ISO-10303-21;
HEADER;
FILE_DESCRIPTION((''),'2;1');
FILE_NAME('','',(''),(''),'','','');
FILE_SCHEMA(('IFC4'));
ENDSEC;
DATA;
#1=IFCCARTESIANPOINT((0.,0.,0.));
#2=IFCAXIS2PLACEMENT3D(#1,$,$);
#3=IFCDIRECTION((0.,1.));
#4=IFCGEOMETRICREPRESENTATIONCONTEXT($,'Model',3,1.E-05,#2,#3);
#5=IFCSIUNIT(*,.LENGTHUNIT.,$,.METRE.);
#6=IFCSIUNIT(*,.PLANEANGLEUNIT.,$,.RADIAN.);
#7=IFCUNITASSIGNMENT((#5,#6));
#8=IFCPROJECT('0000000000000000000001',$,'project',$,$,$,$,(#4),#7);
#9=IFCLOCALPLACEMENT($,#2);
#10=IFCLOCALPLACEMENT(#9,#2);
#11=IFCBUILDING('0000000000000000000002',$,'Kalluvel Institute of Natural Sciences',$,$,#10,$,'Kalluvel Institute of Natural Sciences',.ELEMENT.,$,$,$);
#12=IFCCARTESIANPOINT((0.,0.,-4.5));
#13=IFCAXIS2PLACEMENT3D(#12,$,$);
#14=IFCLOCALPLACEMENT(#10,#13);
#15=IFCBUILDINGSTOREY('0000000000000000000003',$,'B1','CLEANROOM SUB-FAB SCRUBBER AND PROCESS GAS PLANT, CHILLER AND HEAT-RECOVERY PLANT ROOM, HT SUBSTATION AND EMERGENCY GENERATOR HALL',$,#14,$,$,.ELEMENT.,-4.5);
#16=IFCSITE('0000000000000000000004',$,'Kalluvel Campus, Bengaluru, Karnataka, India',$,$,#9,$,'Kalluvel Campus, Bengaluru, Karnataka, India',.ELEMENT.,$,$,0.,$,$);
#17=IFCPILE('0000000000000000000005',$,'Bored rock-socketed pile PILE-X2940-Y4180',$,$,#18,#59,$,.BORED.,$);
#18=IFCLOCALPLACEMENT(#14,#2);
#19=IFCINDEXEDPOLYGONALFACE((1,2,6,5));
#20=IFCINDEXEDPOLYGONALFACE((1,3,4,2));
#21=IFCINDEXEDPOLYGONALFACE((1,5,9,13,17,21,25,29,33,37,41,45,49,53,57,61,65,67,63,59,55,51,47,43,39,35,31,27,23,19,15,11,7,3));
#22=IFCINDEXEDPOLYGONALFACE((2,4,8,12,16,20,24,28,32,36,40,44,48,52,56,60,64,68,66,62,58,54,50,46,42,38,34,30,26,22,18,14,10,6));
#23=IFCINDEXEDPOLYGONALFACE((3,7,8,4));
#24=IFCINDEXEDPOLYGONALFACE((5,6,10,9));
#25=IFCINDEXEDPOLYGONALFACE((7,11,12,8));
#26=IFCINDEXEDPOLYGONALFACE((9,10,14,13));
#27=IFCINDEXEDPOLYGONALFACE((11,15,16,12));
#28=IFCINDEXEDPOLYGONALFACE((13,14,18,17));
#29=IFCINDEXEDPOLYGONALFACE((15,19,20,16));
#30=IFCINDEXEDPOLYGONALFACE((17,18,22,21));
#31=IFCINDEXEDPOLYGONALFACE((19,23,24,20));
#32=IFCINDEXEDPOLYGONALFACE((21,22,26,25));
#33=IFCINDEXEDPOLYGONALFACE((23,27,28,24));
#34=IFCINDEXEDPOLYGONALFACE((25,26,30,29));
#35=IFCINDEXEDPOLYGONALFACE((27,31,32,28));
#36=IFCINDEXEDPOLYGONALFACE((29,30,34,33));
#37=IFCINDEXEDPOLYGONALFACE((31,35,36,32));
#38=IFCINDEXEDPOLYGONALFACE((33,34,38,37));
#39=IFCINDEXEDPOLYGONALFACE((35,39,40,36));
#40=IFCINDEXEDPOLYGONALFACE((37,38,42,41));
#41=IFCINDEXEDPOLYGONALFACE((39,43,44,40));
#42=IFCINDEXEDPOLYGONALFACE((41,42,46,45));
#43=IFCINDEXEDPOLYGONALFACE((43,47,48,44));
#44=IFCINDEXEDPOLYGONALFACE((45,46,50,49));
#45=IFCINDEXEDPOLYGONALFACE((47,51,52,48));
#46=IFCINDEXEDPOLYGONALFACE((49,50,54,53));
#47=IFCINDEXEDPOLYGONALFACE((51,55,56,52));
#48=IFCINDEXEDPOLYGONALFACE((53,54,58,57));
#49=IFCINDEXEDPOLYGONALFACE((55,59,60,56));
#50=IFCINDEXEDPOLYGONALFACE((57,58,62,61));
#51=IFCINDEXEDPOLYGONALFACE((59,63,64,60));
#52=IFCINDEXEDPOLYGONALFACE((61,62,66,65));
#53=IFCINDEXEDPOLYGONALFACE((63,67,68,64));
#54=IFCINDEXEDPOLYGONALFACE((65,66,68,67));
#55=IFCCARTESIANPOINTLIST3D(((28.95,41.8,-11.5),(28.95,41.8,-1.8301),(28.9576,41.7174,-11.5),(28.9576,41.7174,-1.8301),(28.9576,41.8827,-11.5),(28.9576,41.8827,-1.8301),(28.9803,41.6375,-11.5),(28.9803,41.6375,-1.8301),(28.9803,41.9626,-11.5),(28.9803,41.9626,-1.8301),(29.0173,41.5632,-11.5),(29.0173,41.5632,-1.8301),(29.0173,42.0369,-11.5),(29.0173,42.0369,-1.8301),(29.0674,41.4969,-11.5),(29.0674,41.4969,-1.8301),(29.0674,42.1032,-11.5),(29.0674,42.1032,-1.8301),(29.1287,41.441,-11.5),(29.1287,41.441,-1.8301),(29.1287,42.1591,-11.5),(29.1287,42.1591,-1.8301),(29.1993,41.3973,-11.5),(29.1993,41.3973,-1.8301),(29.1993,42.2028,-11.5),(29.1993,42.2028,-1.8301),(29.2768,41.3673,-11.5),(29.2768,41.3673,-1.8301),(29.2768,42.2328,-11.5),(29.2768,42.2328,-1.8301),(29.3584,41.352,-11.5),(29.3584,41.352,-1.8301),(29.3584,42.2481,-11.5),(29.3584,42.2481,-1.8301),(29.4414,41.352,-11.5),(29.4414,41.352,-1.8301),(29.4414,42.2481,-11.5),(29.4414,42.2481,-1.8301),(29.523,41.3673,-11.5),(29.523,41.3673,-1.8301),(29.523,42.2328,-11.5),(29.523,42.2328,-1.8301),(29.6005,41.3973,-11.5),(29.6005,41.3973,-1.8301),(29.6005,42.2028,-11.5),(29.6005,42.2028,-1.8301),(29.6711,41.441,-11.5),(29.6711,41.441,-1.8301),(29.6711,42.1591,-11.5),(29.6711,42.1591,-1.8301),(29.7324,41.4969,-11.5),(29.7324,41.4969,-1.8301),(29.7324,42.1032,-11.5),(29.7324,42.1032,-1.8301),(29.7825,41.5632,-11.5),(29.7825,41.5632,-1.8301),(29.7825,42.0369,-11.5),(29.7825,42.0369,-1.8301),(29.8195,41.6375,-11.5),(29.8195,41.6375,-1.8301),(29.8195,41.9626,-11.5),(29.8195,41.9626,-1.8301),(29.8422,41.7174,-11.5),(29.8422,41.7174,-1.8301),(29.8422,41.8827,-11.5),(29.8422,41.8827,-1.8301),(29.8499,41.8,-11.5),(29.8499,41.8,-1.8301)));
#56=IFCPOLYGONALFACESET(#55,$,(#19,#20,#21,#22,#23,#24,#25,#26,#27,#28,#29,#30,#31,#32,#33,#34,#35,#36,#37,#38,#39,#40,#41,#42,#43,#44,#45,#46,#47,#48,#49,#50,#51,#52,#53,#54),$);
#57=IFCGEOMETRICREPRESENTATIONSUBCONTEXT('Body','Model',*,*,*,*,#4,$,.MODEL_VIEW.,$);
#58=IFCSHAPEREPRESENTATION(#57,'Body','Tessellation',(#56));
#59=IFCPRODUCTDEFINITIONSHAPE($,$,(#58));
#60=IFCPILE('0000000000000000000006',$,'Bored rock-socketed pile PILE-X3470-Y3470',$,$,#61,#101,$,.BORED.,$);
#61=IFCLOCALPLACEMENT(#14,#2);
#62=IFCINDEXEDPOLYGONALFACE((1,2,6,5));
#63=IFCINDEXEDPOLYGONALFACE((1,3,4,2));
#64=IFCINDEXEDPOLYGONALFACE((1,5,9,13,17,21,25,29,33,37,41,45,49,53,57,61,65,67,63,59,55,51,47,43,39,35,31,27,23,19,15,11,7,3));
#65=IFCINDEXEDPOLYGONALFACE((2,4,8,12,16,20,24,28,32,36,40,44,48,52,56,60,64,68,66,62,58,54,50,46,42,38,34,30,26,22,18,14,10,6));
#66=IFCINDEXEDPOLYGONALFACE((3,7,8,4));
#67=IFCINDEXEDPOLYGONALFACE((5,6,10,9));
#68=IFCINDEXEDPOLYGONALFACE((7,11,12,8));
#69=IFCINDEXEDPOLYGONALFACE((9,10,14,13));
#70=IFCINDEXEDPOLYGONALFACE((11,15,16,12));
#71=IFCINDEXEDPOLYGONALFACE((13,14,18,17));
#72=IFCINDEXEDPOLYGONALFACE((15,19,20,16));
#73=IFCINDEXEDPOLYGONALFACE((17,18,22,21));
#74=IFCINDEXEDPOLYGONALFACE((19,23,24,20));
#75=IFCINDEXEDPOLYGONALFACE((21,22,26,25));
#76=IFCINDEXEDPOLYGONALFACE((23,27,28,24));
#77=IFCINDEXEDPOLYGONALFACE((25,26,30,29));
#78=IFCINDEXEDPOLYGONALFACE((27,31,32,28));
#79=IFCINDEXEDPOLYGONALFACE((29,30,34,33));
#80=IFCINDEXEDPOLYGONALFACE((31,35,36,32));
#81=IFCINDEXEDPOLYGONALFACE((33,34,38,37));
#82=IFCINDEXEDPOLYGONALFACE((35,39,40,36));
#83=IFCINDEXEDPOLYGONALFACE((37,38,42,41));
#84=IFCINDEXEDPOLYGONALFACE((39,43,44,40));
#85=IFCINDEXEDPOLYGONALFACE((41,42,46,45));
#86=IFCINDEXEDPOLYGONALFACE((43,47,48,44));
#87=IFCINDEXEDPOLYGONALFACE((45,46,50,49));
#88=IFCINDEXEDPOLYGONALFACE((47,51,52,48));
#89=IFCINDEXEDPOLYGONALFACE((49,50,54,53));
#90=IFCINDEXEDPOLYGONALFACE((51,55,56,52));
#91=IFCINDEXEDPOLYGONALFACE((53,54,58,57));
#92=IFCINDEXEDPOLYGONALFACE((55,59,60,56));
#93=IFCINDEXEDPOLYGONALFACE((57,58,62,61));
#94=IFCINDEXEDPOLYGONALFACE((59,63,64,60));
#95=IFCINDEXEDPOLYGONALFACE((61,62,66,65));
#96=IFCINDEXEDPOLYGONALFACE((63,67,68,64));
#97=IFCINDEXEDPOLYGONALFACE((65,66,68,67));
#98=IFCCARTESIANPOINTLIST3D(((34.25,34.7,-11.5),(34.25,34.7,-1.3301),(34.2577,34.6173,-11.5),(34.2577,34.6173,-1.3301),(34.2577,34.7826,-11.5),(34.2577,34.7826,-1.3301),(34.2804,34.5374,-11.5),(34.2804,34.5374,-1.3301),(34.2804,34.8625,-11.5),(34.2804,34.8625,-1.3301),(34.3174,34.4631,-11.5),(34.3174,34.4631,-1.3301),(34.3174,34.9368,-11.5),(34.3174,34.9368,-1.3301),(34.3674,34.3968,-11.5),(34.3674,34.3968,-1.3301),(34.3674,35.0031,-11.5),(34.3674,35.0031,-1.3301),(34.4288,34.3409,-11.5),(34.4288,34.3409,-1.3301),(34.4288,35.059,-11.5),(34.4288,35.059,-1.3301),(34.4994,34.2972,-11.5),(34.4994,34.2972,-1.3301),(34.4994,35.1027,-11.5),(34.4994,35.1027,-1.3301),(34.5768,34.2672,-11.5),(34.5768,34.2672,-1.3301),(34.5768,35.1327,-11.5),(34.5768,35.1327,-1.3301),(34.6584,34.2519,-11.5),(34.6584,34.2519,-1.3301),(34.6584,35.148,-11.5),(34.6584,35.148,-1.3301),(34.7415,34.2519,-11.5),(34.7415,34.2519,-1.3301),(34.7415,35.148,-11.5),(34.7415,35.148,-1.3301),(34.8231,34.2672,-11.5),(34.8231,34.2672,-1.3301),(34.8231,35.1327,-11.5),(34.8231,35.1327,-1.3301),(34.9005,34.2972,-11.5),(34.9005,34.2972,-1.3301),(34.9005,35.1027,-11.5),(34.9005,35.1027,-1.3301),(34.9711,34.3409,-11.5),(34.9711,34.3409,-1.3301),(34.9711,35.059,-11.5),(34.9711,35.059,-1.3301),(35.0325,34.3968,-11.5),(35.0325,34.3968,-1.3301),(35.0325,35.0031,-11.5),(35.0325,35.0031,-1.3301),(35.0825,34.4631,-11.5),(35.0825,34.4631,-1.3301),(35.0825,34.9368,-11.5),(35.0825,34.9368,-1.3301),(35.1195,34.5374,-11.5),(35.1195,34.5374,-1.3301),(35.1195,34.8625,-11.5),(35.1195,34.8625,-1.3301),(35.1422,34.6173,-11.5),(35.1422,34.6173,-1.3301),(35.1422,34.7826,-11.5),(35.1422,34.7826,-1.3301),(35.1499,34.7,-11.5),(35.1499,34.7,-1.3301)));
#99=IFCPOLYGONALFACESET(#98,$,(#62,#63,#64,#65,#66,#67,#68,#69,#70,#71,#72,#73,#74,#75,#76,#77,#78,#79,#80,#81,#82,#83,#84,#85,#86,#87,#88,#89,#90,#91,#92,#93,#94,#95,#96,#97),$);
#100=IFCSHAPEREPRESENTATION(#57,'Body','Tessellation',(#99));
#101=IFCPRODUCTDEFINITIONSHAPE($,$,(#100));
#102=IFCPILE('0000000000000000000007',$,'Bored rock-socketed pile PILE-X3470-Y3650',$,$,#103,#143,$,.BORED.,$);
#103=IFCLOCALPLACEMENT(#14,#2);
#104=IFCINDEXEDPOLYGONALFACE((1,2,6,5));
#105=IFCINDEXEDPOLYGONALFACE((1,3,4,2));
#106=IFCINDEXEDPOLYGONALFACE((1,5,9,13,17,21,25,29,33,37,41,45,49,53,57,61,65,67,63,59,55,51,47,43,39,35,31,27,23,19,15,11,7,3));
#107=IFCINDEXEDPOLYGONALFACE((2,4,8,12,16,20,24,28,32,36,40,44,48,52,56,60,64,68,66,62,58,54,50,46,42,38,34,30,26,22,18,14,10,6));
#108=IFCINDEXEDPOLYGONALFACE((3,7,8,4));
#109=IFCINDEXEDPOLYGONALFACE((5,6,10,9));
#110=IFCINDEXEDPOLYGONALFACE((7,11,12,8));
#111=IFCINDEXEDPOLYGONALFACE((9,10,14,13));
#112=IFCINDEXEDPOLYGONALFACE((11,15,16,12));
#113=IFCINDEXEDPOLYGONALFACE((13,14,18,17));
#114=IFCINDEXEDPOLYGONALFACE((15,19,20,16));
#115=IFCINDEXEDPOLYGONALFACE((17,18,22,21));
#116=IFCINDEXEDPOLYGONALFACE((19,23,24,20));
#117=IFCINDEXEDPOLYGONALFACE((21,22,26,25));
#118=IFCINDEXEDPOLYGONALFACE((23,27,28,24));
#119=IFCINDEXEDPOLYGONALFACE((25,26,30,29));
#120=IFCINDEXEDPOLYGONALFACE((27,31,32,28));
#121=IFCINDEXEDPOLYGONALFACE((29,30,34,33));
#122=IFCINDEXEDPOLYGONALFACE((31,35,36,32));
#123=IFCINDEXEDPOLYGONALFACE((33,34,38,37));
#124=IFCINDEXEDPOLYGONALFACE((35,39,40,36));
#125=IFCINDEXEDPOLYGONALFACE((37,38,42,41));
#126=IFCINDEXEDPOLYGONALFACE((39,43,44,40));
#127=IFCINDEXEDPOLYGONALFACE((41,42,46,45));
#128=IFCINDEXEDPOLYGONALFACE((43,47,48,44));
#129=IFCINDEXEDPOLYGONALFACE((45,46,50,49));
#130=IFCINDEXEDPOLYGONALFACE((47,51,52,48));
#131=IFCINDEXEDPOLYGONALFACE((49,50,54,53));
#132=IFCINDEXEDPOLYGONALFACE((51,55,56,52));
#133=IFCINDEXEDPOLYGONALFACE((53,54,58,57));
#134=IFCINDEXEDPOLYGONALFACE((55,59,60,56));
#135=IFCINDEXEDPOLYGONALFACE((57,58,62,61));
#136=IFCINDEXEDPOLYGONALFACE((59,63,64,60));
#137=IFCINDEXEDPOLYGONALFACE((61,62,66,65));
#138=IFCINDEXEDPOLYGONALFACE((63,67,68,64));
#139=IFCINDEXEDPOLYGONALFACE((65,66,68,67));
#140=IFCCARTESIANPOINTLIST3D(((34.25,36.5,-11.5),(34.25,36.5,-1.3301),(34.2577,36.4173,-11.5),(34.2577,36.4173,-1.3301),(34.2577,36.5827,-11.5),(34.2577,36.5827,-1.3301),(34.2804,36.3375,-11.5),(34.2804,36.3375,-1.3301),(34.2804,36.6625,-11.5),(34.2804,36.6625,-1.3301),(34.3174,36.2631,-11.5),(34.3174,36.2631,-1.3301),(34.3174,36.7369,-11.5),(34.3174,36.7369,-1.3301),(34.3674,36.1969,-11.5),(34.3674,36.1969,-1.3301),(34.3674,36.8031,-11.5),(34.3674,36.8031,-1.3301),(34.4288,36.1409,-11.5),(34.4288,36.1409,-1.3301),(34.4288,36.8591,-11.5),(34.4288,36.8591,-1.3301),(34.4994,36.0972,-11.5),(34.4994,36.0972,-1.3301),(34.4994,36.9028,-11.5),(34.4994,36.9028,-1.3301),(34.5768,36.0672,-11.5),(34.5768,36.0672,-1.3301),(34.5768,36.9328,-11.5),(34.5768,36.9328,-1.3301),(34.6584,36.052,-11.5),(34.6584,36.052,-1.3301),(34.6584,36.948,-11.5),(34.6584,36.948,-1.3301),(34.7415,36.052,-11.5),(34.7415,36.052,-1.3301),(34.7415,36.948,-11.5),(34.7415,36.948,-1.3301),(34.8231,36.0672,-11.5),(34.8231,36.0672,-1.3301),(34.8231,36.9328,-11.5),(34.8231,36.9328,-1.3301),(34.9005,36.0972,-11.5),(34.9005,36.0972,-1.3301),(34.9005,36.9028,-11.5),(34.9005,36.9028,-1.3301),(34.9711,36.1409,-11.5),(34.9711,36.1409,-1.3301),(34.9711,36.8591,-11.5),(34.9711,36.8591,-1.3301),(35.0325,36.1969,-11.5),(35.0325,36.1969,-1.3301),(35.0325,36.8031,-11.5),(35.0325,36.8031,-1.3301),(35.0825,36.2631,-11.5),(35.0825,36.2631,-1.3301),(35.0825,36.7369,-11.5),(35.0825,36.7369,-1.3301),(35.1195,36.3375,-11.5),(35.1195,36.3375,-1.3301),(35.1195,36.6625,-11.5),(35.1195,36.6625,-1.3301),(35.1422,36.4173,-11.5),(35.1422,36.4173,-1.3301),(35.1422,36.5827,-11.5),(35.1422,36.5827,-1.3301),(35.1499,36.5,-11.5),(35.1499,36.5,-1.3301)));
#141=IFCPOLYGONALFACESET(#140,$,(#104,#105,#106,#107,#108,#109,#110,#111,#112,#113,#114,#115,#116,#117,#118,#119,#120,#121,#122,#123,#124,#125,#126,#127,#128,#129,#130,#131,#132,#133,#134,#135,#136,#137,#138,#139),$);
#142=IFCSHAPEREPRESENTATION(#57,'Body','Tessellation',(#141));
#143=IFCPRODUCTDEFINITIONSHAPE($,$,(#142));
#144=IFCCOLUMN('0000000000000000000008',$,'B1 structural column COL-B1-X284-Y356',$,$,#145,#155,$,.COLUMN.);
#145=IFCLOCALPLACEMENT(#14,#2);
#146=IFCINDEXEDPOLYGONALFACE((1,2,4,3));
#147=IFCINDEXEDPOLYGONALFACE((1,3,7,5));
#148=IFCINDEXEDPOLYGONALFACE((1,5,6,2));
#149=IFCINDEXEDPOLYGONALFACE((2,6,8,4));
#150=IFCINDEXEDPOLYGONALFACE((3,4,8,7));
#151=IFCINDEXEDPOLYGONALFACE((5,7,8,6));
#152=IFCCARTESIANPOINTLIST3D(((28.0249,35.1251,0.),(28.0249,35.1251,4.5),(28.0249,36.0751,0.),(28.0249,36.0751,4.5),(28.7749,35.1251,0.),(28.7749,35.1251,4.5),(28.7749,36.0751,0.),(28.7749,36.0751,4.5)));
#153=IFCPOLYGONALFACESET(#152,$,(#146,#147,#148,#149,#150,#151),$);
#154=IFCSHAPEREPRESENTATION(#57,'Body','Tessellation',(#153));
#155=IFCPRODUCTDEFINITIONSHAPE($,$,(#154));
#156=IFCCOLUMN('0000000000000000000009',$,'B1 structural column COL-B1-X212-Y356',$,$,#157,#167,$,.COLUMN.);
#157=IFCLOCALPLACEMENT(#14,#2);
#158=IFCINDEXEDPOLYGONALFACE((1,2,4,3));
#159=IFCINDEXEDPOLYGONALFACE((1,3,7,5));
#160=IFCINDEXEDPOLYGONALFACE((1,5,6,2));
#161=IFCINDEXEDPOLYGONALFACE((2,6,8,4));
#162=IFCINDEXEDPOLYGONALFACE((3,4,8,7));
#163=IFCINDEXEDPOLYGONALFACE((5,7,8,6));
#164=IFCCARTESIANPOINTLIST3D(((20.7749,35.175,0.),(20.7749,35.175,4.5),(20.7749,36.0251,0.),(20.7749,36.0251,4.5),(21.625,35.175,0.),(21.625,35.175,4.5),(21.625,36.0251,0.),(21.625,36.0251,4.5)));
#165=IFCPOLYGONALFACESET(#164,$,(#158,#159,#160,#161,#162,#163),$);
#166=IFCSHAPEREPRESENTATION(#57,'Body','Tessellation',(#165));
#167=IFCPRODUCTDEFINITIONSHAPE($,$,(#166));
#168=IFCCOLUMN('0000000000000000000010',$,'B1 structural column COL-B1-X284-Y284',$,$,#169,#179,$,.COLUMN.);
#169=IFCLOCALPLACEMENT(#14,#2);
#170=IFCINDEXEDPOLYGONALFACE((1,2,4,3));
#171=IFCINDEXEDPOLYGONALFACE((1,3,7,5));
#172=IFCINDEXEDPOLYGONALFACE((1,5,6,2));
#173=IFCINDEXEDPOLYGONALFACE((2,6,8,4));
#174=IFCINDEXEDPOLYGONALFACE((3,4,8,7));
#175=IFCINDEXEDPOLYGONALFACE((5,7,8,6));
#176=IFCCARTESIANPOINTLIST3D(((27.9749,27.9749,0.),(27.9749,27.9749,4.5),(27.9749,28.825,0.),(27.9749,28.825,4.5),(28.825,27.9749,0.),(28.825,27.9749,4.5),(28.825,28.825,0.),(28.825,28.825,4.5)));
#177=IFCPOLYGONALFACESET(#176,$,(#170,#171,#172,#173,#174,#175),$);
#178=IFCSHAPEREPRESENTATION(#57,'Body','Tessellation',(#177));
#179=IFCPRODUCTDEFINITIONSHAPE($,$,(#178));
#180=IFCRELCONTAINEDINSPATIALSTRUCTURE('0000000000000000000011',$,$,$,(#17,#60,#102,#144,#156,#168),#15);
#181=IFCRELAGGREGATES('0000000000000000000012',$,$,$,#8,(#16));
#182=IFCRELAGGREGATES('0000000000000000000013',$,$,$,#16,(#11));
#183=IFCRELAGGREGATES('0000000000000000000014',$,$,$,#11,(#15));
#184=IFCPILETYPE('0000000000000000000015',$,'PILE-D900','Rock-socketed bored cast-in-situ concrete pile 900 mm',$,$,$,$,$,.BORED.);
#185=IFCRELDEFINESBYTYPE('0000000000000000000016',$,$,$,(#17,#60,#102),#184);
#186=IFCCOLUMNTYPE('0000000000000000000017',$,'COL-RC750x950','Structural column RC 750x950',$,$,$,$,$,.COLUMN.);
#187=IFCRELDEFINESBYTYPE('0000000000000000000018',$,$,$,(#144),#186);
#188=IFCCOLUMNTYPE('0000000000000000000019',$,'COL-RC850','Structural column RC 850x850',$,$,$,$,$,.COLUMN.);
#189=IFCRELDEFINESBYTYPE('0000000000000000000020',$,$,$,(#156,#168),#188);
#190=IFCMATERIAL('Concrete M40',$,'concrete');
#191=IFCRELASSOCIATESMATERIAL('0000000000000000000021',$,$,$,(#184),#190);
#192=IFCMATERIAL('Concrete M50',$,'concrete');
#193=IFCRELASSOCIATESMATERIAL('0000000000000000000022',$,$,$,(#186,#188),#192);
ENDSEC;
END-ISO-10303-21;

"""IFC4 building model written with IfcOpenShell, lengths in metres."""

from ifc_helpers import new_model, si_unit, direction, frame, origin, origin_2d, place, context, subcontext, project, spatial, rectangle, circle, extrude, material, material_profile, profile_set, type_object, element, save


model = new_model("IFC4")

# Units and contexts
model_context = context("Model", 3, precision=1e-05, world=origin(), true_north=direction((0.0, 1.0)))
body_context = subcontext(model_context, "Body", "Model", "MODEL_VIEW")
ifc_project = project(units=[si_unit("LENGTHUNIT", "METRE"), si_unit("PLANEANGLEUNIT", "RADIAN")], contexts=[model_context])

# Site, building, storey
site_placement = place(None, origin())
site = spatial("IfcSite", under=ifc_project, at=site_placement, Name="Kalluvel Campus, Bengaluru, Karnataka, India", LongName="Kalluvel Campus, Bengaluru, Karnataka, India", CompositionType="ELEMENT", RefElevation=0.0)
building_placement = place(site_placement, origin())
building = spatial("IfcBuilding", under=site, at=building_placement, Name="Kalluvel Institute of Natural Sciences", LongName="Kalluvel Institute of Natural Sciences", CompositionType="ELEMENT")
storey_placement = place(building_placement, frame((0.0, 0.0, -4.5)))
storey = spatial("IfcBuildingStorey", under=building, at=storey_placement, Name="B1", Description="CLEANROOM SUB-FAB SCRUBBER AND PROCESS GAS PLANT, CHILLER AND HEAT-RECOVERY PLANT ROOM, HT SUBSTATION AND EMERGENCY GENERATOR HALL", CompositionType="ELEMENT", Elevation=-4.5)

# Shared definitions
ifc_material_1 = material(Name="Concrete M40", Category="concrete")

# Piles
ifc_material_profile_1 = material_profile(ifc_material_1, circle(Radius=0.45, at=origin_2d()), Name="PILE D900")
ifc_profile_set_1 = profile_set([ifc_material_profile_1], Name="Concrete M40")
pile_type_1 = type_object("IfcPileType", Name="PILE-D900", Description="Rock-socketed bored cast-in-situ concrete pile 900 mm", PredefinedType="BORED", material=ifc_profile_set_1)
for number, where, z_axis, x_axis, name in (
    (1, (29.3999, 41.8, -1.8301), (0.0, 0.0, -1.0), (1.0, 0.0, 0.0), "Bored rock-socketed pile PILE-X2940-Y4180"),
):
    element("IfcPile", number, at=place(storey_placement, frame(where, z_axis=z_axis, x_axis=x_axis)), inside=storey, type_object=pile_type_1, Name=name, PredefinedType="BORED", context=body_context, shape_type="SweptSolid", body=[
        extrude(circle(Radius=0.45, at=origin_2d()), origin(), (0.0, 0.0, 1.0), 9.6699),
    ])
for number, where, z_axis, x_axis, name in (
    (2, (34.7, 34.7, -1.3301), (0.0, 0.0, -1.0), (1.0, 0.0, 0.0), "Bored rock-socketed pile PILE-X3470-Y3470"),
    (3, (34.7, 36.5, -1.3301), (0.0, 0.0, -1.0), (1.0, 0.0, 0.0), "Bored rock-socketed pile PILE-X3470-Y3650"),
):
    element("IfcPile", number, at=place(storey_placement, frame(where, z_axis=z_axis, x_axis=x_axis)), inside=storey, type_object=pile_type_1, Name=name, PredefinedType="BORED", context=body_context, shape_type="SweptSolid", body=[
        extrude(circle(Radius=0.45, at=origin_2d()), origin(), (0.0, 0.0, 1.0), 10.1699),
    ])

# Columns
ifc_material_2 = material(Name="Concrete M50", Category="concrete")
ifc_material_profile_2 = material_profile(ifc_material_2, rectangle(XDim=0.75, YDim=0.95, at=origin_2d()), Name="RC 750x950")
ifc_profile_set_2 = profile_set([ifc_material_profile_2], Name="Concrete M50")
column_type_1 = type_object("IfcColumnType", Name="COL-RC750x950", Description="Structural column RC 750x950", PredefinedType="COLUMN", material=ifc_profile_set_2)
column_placement = place(storey_placement, frame((28.3999, 35.6001, 0.0), z_axis=(0.0, 0.0, 1.0), x_axis=(1.0, 0.0, 0.0)))
element("IfcColumn", 4, at=column_placement, inside=storey, type_object=column_type_1, Name="B1 structural column COL-B1-X284-Y356", PredefinedType="COLUMN", context=body_context, shape_type="SweptSolid", body=[
    extrude(rectangle(XDim=0.75, YDim=0.95, at=origin_2d()), origin(), (0.0, 0.0, 1.0), 4.5),
])
ifc_material_profile_3 = material_profile(ifc_material_2, rectangle(XDim=0.8501, YDim=0.8501, at=origin_2d()), Name="RC 850x850")
ifc_profile_set_3 = profile_set([ifc_material_profile_3], Name="Concrete M50")
column_type_2 = type_object("IfcColumnType", Name="COL-RC850", Description="Structural column RC 850x850", PredefinedType="COLUMN", material=ifc_profile_set_3)
for number, where, z_axis, x_axis, name in (
    (5, (21.2, 35.6001, 0.0), (0.0, 0.0, 1.0), (1.0, 0.0, 0.0), "B1 structural column COL-B1-X212-Y356"),
    (6, (28.3999, 28.3999, 0.0), (0.0, 0.0, 1.0), (1.0, 0.0, 0.0), "B1 structural column COL-B1-X284-Y284"),
):
    element("IfcColumn", number, at=place(storey_placement, frame(where, z_axis=z_axis, x_axis=x_axis)), inside=storey, type_object=column_type_2, Name=name, PredefinedType="COLUMN", context=body_context, shape_type="SweptSolid", body=[
        extrude(rectangle(XDim=0.8501, YDim=0.8501, at=origin_2d()), origin(), (0.0, 0.0, 1.0), 4.5),
    ])

save(model, "model.ifc")
